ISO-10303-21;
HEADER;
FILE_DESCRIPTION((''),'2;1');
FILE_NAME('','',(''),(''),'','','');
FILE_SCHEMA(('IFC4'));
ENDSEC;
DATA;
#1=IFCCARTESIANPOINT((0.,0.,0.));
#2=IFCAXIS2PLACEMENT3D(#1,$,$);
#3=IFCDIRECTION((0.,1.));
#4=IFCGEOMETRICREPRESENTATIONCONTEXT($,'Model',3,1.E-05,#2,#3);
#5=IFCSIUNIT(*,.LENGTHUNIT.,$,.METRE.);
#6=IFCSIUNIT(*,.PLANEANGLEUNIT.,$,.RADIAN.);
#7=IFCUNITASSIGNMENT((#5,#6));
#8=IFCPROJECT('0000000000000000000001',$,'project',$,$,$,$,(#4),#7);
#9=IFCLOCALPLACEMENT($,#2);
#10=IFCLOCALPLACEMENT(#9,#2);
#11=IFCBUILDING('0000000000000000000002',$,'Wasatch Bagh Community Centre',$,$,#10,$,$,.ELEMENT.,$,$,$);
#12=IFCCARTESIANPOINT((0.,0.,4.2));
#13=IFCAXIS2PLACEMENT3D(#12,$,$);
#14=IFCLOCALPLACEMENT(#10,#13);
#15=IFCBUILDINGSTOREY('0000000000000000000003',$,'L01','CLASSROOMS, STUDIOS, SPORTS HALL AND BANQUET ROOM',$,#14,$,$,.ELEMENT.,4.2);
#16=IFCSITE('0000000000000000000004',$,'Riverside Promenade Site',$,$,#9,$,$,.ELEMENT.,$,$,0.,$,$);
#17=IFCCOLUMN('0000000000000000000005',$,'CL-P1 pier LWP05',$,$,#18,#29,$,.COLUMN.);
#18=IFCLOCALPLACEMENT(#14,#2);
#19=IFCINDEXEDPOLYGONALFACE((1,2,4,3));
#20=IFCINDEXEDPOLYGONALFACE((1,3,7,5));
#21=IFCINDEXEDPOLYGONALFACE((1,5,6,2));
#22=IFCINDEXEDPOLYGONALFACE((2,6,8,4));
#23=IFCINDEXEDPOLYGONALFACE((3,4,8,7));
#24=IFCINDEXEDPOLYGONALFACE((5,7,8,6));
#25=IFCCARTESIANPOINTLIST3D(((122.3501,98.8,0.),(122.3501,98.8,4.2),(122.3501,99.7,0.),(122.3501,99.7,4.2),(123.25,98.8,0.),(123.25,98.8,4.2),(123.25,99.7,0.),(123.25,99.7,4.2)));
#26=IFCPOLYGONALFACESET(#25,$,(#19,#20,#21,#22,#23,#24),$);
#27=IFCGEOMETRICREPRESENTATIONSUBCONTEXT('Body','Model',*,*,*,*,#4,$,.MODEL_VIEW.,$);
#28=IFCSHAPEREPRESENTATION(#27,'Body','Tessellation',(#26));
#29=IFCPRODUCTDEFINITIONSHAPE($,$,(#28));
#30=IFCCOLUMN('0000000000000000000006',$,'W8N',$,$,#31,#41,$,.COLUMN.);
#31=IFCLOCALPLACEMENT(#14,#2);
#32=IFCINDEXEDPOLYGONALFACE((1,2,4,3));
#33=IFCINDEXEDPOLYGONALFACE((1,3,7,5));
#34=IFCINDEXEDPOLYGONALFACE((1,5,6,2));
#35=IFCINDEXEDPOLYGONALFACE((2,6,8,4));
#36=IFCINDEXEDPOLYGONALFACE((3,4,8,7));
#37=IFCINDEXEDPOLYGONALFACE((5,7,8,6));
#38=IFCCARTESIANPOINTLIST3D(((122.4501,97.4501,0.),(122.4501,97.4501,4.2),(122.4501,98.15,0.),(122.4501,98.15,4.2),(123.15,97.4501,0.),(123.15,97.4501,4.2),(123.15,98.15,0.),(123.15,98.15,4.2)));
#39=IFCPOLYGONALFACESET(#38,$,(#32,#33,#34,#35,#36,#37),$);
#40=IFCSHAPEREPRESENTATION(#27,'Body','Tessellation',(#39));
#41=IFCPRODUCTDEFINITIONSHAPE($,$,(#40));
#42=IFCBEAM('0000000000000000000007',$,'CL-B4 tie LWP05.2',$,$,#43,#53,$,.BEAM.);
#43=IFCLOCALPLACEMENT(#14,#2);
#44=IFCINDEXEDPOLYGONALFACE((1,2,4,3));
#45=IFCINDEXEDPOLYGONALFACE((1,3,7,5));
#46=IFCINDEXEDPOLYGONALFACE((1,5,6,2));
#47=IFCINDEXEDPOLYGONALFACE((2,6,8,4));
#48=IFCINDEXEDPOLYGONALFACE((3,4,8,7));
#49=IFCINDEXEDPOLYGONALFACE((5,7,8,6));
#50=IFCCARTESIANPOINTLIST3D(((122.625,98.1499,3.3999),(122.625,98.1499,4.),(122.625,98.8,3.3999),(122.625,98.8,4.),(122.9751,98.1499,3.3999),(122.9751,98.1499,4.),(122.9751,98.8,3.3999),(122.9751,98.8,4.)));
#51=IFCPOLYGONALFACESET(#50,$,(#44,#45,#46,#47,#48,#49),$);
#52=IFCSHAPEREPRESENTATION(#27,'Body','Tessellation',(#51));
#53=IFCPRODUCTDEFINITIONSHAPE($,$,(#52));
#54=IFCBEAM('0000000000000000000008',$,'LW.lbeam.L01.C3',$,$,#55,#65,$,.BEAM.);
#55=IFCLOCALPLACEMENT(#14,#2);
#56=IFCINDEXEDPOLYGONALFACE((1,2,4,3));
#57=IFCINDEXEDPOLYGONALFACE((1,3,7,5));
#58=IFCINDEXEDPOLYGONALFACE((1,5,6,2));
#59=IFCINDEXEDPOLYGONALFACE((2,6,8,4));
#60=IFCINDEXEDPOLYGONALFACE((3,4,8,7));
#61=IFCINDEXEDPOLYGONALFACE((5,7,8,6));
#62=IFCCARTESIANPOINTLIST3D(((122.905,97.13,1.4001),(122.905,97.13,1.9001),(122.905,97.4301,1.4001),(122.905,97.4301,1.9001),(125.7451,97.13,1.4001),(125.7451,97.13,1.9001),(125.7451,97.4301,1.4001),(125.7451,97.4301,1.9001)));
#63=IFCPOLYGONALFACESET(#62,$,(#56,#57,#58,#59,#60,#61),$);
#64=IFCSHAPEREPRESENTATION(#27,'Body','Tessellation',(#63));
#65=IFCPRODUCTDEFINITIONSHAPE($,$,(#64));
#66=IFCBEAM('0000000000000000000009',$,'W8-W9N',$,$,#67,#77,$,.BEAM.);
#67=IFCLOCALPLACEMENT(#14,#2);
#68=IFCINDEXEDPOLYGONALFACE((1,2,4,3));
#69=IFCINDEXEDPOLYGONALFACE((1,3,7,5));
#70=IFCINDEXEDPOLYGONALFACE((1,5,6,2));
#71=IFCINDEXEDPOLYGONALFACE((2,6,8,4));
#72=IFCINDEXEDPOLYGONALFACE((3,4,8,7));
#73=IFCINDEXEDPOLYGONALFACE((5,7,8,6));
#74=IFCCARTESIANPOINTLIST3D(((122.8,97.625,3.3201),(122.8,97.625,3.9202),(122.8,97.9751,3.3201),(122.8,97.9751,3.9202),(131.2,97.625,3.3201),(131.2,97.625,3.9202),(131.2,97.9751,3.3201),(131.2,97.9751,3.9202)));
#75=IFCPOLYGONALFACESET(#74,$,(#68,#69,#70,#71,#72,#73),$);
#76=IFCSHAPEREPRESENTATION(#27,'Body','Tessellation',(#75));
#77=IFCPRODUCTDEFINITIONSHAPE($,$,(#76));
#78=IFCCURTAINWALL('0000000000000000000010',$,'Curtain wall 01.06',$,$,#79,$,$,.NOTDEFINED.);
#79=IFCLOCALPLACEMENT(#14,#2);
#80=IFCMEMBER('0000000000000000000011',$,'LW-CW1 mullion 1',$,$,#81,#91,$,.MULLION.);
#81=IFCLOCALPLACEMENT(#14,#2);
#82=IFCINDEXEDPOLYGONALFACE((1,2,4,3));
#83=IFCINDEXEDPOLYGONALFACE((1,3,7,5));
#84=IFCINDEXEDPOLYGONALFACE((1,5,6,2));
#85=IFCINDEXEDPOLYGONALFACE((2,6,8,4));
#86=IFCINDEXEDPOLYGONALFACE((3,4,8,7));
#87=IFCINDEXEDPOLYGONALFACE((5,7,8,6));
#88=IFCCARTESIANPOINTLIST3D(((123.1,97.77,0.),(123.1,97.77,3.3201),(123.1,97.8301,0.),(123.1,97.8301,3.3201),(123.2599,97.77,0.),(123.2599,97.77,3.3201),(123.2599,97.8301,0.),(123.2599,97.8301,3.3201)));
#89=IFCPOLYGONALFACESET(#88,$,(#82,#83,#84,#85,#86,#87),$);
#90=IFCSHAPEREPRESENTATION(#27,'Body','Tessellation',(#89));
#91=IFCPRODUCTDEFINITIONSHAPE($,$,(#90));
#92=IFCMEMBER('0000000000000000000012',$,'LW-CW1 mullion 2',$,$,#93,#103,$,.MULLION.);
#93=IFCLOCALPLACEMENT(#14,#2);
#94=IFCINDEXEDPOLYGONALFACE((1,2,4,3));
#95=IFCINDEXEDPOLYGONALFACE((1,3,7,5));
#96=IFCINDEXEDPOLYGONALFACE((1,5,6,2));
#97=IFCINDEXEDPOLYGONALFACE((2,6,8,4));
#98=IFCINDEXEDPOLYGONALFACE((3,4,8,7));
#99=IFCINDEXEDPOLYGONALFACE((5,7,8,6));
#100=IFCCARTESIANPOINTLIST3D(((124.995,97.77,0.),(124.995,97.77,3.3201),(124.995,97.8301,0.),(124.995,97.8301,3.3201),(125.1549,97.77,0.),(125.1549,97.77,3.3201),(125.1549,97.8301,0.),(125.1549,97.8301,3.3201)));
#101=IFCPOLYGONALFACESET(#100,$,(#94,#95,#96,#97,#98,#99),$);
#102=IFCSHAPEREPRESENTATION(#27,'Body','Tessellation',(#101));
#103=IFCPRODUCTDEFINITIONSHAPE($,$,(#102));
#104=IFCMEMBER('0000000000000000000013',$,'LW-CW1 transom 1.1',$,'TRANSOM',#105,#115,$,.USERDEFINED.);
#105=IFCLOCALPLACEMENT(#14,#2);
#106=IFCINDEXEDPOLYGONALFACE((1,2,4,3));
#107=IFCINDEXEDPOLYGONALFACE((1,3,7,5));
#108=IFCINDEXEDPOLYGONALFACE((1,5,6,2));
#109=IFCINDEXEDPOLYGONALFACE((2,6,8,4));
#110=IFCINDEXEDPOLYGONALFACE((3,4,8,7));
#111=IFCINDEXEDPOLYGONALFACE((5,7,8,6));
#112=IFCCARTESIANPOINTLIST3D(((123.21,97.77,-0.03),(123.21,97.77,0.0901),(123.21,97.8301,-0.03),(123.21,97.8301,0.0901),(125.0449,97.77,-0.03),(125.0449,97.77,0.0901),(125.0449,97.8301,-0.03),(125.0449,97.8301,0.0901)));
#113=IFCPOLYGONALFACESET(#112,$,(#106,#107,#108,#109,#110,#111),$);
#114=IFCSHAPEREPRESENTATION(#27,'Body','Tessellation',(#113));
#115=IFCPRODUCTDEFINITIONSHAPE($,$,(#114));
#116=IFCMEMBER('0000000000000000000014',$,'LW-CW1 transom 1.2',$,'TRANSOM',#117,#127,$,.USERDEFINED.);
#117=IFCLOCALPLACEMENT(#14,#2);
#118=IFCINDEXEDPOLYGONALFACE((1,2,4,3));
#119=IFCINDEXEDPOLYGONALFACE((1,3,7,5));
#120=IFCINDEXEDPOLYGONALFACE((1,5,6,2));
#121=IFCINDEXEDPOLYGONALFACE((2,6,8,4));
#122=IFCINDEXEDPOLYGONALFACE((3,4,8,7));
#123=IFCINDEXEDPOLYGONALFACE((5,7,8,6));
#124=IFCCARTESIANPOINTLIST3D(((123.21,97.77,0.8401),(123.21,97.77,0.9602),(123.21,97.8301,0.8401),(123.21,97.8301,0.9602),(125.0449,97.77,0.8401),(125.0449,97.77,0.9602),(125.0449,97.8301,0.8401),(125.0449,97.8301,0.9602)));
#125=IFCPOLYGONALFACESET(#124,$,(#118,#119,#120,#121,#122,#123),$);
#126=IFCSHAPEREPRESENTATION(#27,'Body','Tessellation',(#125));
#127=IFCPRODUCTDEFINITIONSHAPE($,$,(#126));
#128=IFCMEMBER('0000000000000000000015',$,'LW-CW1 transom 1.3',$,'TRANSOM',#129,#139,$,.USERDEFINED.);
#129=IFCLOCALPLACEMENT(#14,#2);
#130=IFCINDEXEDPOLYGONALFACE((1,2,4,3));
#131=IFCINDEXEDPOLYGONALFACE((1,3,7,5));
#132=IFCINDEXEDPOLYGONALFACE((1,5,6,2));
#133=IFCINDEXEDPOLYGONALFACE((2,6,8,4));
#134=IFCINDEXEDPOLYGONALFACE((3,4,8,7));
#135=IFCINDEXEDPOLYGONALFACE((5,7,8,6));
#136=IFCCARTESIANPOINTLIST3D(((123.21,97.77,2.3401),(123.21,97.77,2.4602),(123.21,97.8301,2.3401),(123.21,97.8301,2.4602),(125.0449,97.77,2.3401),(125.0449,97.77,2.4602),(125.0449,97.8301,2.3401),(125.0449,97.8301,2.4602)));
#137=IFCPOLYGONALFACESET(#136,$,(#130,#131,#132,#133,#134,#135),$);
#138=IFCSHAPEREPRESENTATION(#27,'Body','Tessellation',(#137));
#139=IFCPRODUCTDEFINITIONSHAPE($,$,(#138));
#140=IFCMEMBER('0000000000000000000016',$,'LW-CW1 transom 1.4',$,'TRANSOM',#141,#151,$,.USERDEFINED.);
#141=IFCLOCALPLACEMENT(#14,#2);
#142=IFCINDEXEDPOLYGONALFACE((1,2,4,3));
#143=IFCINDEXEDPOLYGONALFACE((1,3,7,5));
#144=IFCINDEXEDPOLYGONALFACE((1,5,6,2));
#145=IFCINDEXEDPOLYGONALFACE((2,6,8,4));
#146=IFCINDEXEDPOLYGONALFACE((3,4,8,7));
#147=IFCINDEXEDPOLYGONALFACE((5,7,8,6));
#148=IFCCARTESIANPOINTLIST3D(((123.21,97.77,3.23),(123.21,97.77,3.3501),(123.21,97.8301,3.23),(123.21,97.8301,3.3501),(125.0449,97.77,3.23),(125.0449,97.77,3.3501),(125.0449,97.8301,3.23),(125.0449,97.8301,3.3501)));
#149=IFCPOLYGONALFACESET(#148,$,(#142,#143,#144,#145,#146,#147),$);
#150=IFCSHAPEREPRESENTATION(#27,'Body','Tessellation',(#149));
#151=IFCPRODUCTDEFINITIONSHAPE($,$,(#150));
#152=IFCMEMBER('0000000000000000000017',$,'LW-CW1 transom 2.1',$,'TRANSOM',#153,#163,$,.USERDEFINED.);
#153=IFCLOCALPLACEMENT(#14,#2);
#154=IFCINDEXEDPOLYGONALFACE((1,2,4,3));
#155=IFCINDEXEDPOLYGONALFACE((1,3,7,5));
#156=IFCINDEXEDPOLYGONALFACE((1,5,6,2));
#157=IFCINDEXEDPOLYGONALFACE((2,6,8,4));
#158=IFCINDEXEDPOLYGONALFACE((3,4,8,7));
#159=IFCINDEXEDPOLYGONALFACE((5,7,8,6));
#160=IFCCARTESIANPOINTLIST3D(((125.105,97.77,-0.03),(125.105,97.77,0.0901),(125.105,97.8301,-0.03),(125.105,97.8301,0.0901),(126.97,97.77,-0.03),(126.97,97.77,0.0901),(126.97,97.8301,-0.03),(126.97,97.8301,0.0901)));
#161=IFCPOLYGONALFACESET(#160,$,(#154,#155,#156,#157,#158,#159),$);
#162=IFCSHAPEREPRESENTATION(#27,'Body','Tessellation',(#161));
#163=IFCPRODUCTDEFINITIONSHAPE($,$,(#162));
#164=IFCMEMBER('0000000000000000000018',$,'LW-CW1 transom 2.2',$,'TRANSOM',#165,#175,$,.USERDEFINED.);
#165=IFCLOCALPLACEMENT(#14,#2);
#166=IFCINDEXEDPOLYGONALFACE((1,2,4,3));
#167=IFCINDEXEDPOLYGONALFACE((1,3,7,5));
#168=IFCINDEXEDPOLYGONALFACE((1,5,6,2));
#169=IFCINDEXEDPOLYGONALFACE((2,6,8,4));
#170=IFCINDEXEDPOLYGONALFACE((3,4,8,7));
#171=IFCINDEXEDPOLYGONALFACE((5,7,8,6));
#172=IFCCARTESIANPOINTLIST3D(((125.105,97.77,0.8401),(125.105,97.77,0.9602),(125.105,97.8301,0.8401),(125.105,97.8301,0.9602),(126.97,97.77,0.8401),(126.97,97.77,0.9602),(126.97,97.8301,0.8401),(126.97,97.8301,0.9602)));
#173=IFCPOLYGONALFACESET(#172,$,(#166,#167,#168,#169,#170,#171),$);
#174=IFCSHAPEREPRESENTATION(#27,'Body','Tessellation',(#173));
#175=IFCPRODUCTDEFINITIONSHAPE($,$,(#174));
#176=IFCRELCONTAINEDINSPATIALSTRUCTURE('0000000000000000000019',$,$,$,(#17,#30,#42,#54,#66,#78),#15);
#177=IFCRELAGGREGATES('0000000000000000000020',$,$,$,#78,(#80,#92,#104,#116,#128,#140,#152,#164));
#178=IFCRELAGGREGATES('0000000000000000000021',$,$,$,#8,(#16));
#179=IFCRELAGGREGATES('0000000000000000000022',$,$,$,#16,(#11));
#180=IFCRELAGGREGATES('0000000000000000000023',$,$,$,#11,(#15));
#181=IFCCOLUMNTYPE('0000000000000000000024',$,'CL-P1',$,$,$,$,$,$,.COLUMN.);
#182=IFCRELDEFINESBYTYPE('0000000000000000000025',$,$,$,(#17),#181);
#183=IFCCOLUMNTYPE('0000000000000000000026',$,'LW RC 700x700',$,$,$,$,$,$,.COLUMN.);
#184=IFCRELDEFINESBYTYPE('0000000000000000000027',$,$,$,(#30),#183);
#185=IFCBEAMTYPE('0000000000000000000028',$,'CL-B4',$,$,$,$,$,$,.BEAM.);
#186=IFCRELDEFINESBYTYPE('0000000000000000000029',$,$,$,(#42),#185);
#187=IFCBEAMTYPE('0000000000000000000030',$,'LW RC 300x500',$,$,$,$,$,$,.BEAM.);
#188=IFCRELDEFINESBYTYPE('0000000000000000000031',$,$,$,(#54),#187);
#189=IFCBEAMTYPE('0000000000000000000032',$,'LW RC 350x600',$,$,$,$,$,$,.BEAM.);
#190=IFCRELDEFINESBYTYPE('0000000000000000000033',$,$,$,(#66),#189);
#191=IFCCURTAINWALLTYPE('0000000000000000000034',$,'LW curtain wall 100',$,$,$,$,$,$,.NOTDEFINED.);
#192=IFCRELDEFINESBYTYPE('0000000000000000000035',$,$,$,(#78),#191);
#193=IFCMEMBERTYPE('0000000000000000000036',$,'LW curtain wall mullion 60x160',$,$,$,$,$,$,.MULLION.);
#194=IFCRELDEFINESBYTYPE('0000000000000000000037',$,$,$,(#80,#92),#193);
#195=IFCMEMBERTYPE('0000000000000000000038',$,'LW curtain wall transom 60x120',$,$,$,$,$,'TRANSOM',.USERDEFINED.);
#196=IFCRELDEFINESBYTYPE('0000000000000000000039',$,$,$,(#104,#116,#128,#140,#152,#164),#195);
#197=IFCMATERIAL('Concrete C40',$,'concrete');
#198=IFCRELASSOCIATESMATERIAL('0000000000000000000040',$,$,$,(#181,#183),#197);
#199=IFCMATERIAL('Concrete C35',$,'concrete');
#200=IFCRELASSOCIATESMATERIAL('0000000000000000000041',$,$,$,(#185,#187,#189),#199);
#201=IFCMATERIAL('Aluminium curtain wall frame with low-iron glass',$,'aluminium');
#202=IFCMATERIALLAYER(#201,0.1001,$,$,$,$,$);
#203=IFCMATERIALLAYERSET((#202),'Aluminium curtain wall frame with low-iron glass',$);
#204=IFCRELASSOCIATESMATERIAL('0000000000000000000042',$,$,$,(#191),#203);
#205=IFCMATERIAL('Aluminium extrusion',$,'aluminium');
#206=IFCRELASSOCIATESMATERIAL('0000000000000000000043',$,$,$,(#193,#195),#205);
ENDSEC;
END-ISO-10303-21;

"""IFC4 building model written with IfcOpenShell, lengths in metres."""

from ifc_helpers import new_model, si_unit, direction, frame, origin, origin_2d, place, context, subcontext, project, spatial, rectangle, extrude, material, layer, layer_set, material_profile, profile_set, type_object, element, aggregate, save


model = new_model("IFC4")

# Units and contexts
model_context = context("Model", 3, precision=1e-05, world=origin(), true_north=direction((0.0, 1.0)))
body_context = subcontext(model_context, "Body", "Model", "MODEL_VIEW")
ifc_project = project(units=[si_unit("LENGTHUNIT", "METRE"), si_unit("PLANEANGLEUNIT", "RADIAN")], contexts=[model_context])

# Site, building, storey
site_placement = place(None, origin())
site = spatial("IfcSite", under=ifc_project, at=site_placement, Name="Riverside Promenade Site", CompositionType="ELEMENT", RefElevation=0.0)
building_placement = place(site_placement, origin())
building = spatial("IfcBuilding", under=site, at=building_placement, Name="Wasatch Bagh Community Centre", CompositionType="ELEMENT")
storey_placement = place(building_placement, frame((0.0, 0.0, 4.2)))
storey = spatial("IfcBuildingStorey", under=building, at=storey_placement, Name="L01", Description="CLASSROOMS, STUDIOS, SPORTS HALL AND BANQUET ROOM", CompositionType="ELEMENT", Elevation=4.2)

# Columns
ifc_material_1 = material(Name="Concrete C40", Category="concrete")
ifc_material_profile_1 = material_profile(ifc_material_1, rectangle(XDim=0.8999, YDim=0.8999, at=origin_2d()), Name="RC 900x900")
ifc_profile_set_1 = profile_set([ifc_material_profile_1], Name="Concrete C40")
column_type_1 = type_object("IfcColumnType", Name="CL-P1", PredefinedType="COLUMN", material=ifc_profile_set_1)
column_1_placement = place(storey_placement, frame((122.8, 99.25, 0.0), z_axis=(0.0, 0.0, 1.0), x_axis=(1.0, 0.0, 0.0)))
element("IfcColumn", 1, at=column_1_placement, inside=storey, type_object=column_type_1, Name="CL-P1 pier LWP05", PredefinedType="COLUMN", context=body_context, shape_type="SweptSolid", body=[
    extrude(rectangle(XDim=0.8999, YDim=0.8999, at=origin_2d()), origin(), (0.0, 0.0, 1.0), 4.2),
])
ifc_material_profile_2 = material_profile(ifc_material_1, rectangle(XDim=0.7, YDim=0.7, at=origin_2d()), Name="RC 700x700")
ifc_profile_set_2 = profile_set([ifc_material_profile_2], Name="Concrete C40")
column_type_2 = type_object("IfcColumnType", Name="LW RC 700x700", PredefinedType="COLUMN", material=ifc_profile_set_2)
column_2_placement = place(storey_placement, frame((122.8, 97.8, 0.0), z_axis=(0.0, 0.0, 1.0), x_axis=(1.0, 0.0, 0.0)))
element("IfcColumn", 2, at=column_2_placement, inside=storey, type_object=column_type_2, Name="W8N", PredefinedType="COLUMN", context=body_context, shape_type="SweptSolid", body=[
    extrude(rectangle(XDim=0.7, YDim=0.7, at=origin_2d()), origin(), (0.0, 0.0, 1.0), 4.2),
])

# Beams
ifc_material_2 = material(Name="Concrete C35", Category="concrete")
ifc_material_profile_3 = material_profile(ifc_material_2, rectangle(XDim=0.3501, YDim=0.6001, at=origin_2d()), Name="RC 350x600")
ifc_profile_set_3 = profile_set([ifc_material_profile_3], Name="Concrete C35")
beam_type_1 = type_object("IfcBeamType", Name="CL-B4", PredefinedType="BEAM", material=ifc_profile_set_3)
beam_1_placement = place(storey_placement, frame((122.8, 98.1499, 3.7), z_axis=(0.0, 1.0, 0.0), x_axis=(-1.0, 0.0, 0.0)))
element("IfcBeam", 3, at=beam_1_placement, inside=storey, type_object=beam_type_1, Name="CL-B4 tie LWP05.2", PredefinedType="BEAM", context=body_context, shape_type="SweptSolid", body=[
    extrude(rectangle(XDim=0.3501, YDim=0.6001, at=origin_2d()), origin(), (0.0, 0.0, 1.0), 0.6501),
])
ifc_material_profile_4 = material_profile(ifc_material_2, rectangle(XDim=0.3, YDim=0.5, at=origin_2d()), Name="RC 300x500")
ifc_profile_set_4 = profile_set([ifc_material_profile_4], Name="Concrete C35")
beam_type_2 = type_object("IfcBeamType", Name="LW RC 300x500", PredefinedType="BEAM", material=ifc_profile_set_4)
beam_2_placement = place(storey_placement, frame((122.905, 97.28, 1.6501), z_axis=(1.0, 0.0, 0.0), x_axis=(0.0, 1.0, 0.0)))
element("IfcBeam", 4, at=beam_2_placement, inside=storey, type_object=beam_type_2, Name="LW.lbeam.L01.C3", PredefinedType="BEAM", context=body_context, shape_type="SweptSolid", body=[
    extrude(rectangle(XDim=0.3, YDim=0.5, at=origin_2d()), origin(), (0.0, 0.0, 1.0), 2.8401),
])
ifc_material_profile_5 = material_profile(ifc_material_2, rectangle(XDim=0.3501, YDim=0.6001, at=origin_2d()), Name="RC 350x600")
ifc_profile_set_5 = profile_set([ifc_material_profile_5], Name="Concrete C35")
beam_type_3 = type_object("IfcBeamType", Name="LW RC 350x600", PredefinedType="BEAM", material=ifc_profile_set_5)
beam_3_placement = place(storey_placement, frame((122.8, 97.8, 3.6201), z_axis=(1.0, 0.0, 0.0), x_axis=(0.0, 1.0, 0.0)))
element("IfcBeam", 5, at=beam_3_placement, inside=storey, type_object=beam_type_3, Name="W8-W9N", PredefinedType="BEAM", context=body_context, shape_type="SweptSolid", body=[
    extrude(rectangle(XDim=0.3501, YDim=0.6001, at=origin_2d()), origin(), (0.0, 0.0, 1.0), 8.3999),
])

# Curtain wall, members
ifc_material_3 = material(Name="Aluminium curtain wall frame with low-iron glass", Category="aluminium")
ifc_layer_1 = layer(ifc_material_3, 0.1001)
ifc_layer_set_1 = layer_set([ifc_layer_1], Name="Aluminium curtain wall frame with low-iron glass")
curtain_wall_type = type_object("IfcCurtainWallType", Name="LW curtain wall 100", PredefinedType="NOTDEFINED", material=ifc_layer_set_1)
curtain_wall_placement = place(storey_placement, origin())
curtain_wall = element("IfcCurtainWall", 6, at=curtain_wall_placement, inside=storey, type_object=curtain_wall_type, Name="Curtain wall 01.06", PredefinedType="NOTDEFINED")
ifc_material_4 = material(Name="Aluminium extrusion", Category="aluminium")
ifc_material_profile_6 = material_profile(ifc_material_4, rectangle(XDim=0.0601, YDim=0.1599, at=origin_2d()), Name="AL 60x160")
ifc_profile_set_6 = profile_set([ifc_material_profile_6], Name="Aluminium extrusion")
member_type_1 = type_object("IfcMemberType", Name="LW curtain wall mullion 60x160", PredefinedType="MULLION", material=ifc_profile_set_6)
member_1_placement = place(storey_placement, frame((123.1799, 97.8, 0.0), z_axis=(0.0, 0.0, 1.0), x_axis=(0.0, 1.0, 0.0)))
member_1 = element("IfcMember", 7, at=member_1_placement, type_object=member_type_1, Name="LW-CW1 mullion 1", PredefinedType="MULLION", context=body_context, shape_type="SweptSolid", body=[
    extrude(rectangle(XDim=0.0601, YDim=0.1599, at=origin_2d()), origin(), (0.0, 0.0, 1.0), 3.3201),
])
member_2_placement = place(storey_placement, frame((125.075, 97.8, 0.0), z_axis=(0.0, 0.0, 1.0), x_axis=(0.0, 1.0, 0.0)))
member_2 = element("IfcMember", 8, at=member_2_placement, type_object=member_type_1, Name="LW-CW1 mullion 2", PredefinedType="MULLION", context=body_context, shape_type="SweptSolid", body=[
    extrude(rectangle(XDim=0.0601, YDim=0.1599, at=origin_2d()), origin(), (0.0, 0.0, 1.0), 3.3201),
])
ifc_material_profile_7 = material_profile(ifc_material_4, rectangle(XDim=0.0601, YDim=0.1201, at=origin_2d()), Name="AL 60x120")
ifc_profile_set_7 = profile_set([ifc_material_profile_7], Name="Aluminium extrusion")
member_type_2 = type_object("IfcMemberType", Name="LW curtain wall transom 60x120", ElementType="TRANSOM", PredefinedType="USERDEFINED", material=ifc_profile_set_7)
member_3_placement = place(storey_placement, frame((123.21, 97.8, 0.03), z_axis=(1.0, 0.0, 0.0), x_axis=(0.0, 1.0, 0.0)))
member_3 = element("IfcMember", 9, at=member_3_placement, type_object=member_type_2, Name="LW-CW1 transom 1.1", ObjectType="TRANSOM", PredefinedType="USERDEFINED", context=body_context, shape_type="SweptSolid", body=[
    extrude(rectangle(XDim=0.0601, YDim=0.1201, at=origin_2d()), origin(), (0.0, 0.0, 1.0), 1.835),
])
member_4_placement = place(storey_placement, frame((123.21, 97.8, 0.9001), z_axis=(1.0, 0.0, 0.0), x_axis=(0.0, 1.0, 0.0)))
member_4 = element("IfcMember", 10, at=member_4_placement, type_object=member_type_2, Name="LW-CW1 transom 1.2", ObjectType="TRANSOM", PredefinedType="USERDEFINED", context=body_context, shape_type="SweptSolid", body=[
    extrude(rectangle(XDim=0.0601, YDim=0.1201, at=origin_2d()), origin(), (0.0, 0.0, 1.0), 1.835),
])
member_5_placement = place(storey_placement, frame((123.21, 97.8, 2.4001), z_axis=(1.0, 0.0, 0.0), x_axis=(0.0, 1.0, 0.0)))
member_5 = element("IfcMember", 11, at=member_5_placement, type_object=member_type_2, Name="LW-CW1 transom 1.3", ObjectType="TRANSOM", PredefinedType="USERDEFINED", context=body_context, shape_type="SweptSolid", body=[
    extrude(rectangle(XDim=0.0601, YDim=0.1201, at=origin_2d()), origin(), (0.0, 0.0, 1.0), 1.835),
])
member_6_placement = place(storey_placement, frame((123.21, 97.8, 3.29), z_axis=(1.0, 0.0, 0.0), x_axis=(0.0, 1.0, 0.0)))
member_6 = element("IfcMember", 12, at=member_6_placement, type_object=member_type_2, Name="LW-CW1 transom 1.4", ObjectType="TRANSOM", PredefinedType="USERDEFINED", context=body_context, shape_type="SweptSolid", body=[
    extrude(rectangle(XDim=0.0601, YDim=0.1201, at=origin_2d()), origin(), (0.0, 0.0, 1.0), 1.835),
])
member_7_placement = place(storey_placement, frame((125.105, 97.8, 0.03), z_axis=(1.0, 0.0, 0.0), x_axis=(0.0, 1.0, 0.0)))
member_7 = element("IfcMember", 13, at=member_7_placement, type_object=member_type_2, Name="LW-CW1 transom 2.1", ObjectType="TRANSOM", PredefinedType="USERDEFINED", context=body_context, shape_type="SweptSolid", body=[
    extrude(rectangle(XDim=0.0601, YDim=0.1201, at=origin_2d()), origin(), (0.0, 0.0, 1.0), 1.865),
])
member_8_placement = place(storey_placement, frame((125.105, 97.8, 0.9001), z_axis=(1.0, 0.0, 0.0), x_axis=(0.0, 1.0, 0.0)))
member_8 = element("IfcMember", 14, at=member_8_placement, type_object=member_type_2, Name="LW-CW1 transom 2.2", ObjectType="TRANSOM", PredefinedType="USERDEFINED", context=body_context, shape_type="SweptSolid", body=[
    extrude(rectangle(XDim=0.0601, YDim=0.1201, at=origin_2d()), origin(), (0.0, 0.0, 1.0), 1.865),
])
aggregate(curtain_wall, [member_1, member_2, member_3, member_4, member_5, member_6, member_7, member_8])

save(model, "model.ifc")
